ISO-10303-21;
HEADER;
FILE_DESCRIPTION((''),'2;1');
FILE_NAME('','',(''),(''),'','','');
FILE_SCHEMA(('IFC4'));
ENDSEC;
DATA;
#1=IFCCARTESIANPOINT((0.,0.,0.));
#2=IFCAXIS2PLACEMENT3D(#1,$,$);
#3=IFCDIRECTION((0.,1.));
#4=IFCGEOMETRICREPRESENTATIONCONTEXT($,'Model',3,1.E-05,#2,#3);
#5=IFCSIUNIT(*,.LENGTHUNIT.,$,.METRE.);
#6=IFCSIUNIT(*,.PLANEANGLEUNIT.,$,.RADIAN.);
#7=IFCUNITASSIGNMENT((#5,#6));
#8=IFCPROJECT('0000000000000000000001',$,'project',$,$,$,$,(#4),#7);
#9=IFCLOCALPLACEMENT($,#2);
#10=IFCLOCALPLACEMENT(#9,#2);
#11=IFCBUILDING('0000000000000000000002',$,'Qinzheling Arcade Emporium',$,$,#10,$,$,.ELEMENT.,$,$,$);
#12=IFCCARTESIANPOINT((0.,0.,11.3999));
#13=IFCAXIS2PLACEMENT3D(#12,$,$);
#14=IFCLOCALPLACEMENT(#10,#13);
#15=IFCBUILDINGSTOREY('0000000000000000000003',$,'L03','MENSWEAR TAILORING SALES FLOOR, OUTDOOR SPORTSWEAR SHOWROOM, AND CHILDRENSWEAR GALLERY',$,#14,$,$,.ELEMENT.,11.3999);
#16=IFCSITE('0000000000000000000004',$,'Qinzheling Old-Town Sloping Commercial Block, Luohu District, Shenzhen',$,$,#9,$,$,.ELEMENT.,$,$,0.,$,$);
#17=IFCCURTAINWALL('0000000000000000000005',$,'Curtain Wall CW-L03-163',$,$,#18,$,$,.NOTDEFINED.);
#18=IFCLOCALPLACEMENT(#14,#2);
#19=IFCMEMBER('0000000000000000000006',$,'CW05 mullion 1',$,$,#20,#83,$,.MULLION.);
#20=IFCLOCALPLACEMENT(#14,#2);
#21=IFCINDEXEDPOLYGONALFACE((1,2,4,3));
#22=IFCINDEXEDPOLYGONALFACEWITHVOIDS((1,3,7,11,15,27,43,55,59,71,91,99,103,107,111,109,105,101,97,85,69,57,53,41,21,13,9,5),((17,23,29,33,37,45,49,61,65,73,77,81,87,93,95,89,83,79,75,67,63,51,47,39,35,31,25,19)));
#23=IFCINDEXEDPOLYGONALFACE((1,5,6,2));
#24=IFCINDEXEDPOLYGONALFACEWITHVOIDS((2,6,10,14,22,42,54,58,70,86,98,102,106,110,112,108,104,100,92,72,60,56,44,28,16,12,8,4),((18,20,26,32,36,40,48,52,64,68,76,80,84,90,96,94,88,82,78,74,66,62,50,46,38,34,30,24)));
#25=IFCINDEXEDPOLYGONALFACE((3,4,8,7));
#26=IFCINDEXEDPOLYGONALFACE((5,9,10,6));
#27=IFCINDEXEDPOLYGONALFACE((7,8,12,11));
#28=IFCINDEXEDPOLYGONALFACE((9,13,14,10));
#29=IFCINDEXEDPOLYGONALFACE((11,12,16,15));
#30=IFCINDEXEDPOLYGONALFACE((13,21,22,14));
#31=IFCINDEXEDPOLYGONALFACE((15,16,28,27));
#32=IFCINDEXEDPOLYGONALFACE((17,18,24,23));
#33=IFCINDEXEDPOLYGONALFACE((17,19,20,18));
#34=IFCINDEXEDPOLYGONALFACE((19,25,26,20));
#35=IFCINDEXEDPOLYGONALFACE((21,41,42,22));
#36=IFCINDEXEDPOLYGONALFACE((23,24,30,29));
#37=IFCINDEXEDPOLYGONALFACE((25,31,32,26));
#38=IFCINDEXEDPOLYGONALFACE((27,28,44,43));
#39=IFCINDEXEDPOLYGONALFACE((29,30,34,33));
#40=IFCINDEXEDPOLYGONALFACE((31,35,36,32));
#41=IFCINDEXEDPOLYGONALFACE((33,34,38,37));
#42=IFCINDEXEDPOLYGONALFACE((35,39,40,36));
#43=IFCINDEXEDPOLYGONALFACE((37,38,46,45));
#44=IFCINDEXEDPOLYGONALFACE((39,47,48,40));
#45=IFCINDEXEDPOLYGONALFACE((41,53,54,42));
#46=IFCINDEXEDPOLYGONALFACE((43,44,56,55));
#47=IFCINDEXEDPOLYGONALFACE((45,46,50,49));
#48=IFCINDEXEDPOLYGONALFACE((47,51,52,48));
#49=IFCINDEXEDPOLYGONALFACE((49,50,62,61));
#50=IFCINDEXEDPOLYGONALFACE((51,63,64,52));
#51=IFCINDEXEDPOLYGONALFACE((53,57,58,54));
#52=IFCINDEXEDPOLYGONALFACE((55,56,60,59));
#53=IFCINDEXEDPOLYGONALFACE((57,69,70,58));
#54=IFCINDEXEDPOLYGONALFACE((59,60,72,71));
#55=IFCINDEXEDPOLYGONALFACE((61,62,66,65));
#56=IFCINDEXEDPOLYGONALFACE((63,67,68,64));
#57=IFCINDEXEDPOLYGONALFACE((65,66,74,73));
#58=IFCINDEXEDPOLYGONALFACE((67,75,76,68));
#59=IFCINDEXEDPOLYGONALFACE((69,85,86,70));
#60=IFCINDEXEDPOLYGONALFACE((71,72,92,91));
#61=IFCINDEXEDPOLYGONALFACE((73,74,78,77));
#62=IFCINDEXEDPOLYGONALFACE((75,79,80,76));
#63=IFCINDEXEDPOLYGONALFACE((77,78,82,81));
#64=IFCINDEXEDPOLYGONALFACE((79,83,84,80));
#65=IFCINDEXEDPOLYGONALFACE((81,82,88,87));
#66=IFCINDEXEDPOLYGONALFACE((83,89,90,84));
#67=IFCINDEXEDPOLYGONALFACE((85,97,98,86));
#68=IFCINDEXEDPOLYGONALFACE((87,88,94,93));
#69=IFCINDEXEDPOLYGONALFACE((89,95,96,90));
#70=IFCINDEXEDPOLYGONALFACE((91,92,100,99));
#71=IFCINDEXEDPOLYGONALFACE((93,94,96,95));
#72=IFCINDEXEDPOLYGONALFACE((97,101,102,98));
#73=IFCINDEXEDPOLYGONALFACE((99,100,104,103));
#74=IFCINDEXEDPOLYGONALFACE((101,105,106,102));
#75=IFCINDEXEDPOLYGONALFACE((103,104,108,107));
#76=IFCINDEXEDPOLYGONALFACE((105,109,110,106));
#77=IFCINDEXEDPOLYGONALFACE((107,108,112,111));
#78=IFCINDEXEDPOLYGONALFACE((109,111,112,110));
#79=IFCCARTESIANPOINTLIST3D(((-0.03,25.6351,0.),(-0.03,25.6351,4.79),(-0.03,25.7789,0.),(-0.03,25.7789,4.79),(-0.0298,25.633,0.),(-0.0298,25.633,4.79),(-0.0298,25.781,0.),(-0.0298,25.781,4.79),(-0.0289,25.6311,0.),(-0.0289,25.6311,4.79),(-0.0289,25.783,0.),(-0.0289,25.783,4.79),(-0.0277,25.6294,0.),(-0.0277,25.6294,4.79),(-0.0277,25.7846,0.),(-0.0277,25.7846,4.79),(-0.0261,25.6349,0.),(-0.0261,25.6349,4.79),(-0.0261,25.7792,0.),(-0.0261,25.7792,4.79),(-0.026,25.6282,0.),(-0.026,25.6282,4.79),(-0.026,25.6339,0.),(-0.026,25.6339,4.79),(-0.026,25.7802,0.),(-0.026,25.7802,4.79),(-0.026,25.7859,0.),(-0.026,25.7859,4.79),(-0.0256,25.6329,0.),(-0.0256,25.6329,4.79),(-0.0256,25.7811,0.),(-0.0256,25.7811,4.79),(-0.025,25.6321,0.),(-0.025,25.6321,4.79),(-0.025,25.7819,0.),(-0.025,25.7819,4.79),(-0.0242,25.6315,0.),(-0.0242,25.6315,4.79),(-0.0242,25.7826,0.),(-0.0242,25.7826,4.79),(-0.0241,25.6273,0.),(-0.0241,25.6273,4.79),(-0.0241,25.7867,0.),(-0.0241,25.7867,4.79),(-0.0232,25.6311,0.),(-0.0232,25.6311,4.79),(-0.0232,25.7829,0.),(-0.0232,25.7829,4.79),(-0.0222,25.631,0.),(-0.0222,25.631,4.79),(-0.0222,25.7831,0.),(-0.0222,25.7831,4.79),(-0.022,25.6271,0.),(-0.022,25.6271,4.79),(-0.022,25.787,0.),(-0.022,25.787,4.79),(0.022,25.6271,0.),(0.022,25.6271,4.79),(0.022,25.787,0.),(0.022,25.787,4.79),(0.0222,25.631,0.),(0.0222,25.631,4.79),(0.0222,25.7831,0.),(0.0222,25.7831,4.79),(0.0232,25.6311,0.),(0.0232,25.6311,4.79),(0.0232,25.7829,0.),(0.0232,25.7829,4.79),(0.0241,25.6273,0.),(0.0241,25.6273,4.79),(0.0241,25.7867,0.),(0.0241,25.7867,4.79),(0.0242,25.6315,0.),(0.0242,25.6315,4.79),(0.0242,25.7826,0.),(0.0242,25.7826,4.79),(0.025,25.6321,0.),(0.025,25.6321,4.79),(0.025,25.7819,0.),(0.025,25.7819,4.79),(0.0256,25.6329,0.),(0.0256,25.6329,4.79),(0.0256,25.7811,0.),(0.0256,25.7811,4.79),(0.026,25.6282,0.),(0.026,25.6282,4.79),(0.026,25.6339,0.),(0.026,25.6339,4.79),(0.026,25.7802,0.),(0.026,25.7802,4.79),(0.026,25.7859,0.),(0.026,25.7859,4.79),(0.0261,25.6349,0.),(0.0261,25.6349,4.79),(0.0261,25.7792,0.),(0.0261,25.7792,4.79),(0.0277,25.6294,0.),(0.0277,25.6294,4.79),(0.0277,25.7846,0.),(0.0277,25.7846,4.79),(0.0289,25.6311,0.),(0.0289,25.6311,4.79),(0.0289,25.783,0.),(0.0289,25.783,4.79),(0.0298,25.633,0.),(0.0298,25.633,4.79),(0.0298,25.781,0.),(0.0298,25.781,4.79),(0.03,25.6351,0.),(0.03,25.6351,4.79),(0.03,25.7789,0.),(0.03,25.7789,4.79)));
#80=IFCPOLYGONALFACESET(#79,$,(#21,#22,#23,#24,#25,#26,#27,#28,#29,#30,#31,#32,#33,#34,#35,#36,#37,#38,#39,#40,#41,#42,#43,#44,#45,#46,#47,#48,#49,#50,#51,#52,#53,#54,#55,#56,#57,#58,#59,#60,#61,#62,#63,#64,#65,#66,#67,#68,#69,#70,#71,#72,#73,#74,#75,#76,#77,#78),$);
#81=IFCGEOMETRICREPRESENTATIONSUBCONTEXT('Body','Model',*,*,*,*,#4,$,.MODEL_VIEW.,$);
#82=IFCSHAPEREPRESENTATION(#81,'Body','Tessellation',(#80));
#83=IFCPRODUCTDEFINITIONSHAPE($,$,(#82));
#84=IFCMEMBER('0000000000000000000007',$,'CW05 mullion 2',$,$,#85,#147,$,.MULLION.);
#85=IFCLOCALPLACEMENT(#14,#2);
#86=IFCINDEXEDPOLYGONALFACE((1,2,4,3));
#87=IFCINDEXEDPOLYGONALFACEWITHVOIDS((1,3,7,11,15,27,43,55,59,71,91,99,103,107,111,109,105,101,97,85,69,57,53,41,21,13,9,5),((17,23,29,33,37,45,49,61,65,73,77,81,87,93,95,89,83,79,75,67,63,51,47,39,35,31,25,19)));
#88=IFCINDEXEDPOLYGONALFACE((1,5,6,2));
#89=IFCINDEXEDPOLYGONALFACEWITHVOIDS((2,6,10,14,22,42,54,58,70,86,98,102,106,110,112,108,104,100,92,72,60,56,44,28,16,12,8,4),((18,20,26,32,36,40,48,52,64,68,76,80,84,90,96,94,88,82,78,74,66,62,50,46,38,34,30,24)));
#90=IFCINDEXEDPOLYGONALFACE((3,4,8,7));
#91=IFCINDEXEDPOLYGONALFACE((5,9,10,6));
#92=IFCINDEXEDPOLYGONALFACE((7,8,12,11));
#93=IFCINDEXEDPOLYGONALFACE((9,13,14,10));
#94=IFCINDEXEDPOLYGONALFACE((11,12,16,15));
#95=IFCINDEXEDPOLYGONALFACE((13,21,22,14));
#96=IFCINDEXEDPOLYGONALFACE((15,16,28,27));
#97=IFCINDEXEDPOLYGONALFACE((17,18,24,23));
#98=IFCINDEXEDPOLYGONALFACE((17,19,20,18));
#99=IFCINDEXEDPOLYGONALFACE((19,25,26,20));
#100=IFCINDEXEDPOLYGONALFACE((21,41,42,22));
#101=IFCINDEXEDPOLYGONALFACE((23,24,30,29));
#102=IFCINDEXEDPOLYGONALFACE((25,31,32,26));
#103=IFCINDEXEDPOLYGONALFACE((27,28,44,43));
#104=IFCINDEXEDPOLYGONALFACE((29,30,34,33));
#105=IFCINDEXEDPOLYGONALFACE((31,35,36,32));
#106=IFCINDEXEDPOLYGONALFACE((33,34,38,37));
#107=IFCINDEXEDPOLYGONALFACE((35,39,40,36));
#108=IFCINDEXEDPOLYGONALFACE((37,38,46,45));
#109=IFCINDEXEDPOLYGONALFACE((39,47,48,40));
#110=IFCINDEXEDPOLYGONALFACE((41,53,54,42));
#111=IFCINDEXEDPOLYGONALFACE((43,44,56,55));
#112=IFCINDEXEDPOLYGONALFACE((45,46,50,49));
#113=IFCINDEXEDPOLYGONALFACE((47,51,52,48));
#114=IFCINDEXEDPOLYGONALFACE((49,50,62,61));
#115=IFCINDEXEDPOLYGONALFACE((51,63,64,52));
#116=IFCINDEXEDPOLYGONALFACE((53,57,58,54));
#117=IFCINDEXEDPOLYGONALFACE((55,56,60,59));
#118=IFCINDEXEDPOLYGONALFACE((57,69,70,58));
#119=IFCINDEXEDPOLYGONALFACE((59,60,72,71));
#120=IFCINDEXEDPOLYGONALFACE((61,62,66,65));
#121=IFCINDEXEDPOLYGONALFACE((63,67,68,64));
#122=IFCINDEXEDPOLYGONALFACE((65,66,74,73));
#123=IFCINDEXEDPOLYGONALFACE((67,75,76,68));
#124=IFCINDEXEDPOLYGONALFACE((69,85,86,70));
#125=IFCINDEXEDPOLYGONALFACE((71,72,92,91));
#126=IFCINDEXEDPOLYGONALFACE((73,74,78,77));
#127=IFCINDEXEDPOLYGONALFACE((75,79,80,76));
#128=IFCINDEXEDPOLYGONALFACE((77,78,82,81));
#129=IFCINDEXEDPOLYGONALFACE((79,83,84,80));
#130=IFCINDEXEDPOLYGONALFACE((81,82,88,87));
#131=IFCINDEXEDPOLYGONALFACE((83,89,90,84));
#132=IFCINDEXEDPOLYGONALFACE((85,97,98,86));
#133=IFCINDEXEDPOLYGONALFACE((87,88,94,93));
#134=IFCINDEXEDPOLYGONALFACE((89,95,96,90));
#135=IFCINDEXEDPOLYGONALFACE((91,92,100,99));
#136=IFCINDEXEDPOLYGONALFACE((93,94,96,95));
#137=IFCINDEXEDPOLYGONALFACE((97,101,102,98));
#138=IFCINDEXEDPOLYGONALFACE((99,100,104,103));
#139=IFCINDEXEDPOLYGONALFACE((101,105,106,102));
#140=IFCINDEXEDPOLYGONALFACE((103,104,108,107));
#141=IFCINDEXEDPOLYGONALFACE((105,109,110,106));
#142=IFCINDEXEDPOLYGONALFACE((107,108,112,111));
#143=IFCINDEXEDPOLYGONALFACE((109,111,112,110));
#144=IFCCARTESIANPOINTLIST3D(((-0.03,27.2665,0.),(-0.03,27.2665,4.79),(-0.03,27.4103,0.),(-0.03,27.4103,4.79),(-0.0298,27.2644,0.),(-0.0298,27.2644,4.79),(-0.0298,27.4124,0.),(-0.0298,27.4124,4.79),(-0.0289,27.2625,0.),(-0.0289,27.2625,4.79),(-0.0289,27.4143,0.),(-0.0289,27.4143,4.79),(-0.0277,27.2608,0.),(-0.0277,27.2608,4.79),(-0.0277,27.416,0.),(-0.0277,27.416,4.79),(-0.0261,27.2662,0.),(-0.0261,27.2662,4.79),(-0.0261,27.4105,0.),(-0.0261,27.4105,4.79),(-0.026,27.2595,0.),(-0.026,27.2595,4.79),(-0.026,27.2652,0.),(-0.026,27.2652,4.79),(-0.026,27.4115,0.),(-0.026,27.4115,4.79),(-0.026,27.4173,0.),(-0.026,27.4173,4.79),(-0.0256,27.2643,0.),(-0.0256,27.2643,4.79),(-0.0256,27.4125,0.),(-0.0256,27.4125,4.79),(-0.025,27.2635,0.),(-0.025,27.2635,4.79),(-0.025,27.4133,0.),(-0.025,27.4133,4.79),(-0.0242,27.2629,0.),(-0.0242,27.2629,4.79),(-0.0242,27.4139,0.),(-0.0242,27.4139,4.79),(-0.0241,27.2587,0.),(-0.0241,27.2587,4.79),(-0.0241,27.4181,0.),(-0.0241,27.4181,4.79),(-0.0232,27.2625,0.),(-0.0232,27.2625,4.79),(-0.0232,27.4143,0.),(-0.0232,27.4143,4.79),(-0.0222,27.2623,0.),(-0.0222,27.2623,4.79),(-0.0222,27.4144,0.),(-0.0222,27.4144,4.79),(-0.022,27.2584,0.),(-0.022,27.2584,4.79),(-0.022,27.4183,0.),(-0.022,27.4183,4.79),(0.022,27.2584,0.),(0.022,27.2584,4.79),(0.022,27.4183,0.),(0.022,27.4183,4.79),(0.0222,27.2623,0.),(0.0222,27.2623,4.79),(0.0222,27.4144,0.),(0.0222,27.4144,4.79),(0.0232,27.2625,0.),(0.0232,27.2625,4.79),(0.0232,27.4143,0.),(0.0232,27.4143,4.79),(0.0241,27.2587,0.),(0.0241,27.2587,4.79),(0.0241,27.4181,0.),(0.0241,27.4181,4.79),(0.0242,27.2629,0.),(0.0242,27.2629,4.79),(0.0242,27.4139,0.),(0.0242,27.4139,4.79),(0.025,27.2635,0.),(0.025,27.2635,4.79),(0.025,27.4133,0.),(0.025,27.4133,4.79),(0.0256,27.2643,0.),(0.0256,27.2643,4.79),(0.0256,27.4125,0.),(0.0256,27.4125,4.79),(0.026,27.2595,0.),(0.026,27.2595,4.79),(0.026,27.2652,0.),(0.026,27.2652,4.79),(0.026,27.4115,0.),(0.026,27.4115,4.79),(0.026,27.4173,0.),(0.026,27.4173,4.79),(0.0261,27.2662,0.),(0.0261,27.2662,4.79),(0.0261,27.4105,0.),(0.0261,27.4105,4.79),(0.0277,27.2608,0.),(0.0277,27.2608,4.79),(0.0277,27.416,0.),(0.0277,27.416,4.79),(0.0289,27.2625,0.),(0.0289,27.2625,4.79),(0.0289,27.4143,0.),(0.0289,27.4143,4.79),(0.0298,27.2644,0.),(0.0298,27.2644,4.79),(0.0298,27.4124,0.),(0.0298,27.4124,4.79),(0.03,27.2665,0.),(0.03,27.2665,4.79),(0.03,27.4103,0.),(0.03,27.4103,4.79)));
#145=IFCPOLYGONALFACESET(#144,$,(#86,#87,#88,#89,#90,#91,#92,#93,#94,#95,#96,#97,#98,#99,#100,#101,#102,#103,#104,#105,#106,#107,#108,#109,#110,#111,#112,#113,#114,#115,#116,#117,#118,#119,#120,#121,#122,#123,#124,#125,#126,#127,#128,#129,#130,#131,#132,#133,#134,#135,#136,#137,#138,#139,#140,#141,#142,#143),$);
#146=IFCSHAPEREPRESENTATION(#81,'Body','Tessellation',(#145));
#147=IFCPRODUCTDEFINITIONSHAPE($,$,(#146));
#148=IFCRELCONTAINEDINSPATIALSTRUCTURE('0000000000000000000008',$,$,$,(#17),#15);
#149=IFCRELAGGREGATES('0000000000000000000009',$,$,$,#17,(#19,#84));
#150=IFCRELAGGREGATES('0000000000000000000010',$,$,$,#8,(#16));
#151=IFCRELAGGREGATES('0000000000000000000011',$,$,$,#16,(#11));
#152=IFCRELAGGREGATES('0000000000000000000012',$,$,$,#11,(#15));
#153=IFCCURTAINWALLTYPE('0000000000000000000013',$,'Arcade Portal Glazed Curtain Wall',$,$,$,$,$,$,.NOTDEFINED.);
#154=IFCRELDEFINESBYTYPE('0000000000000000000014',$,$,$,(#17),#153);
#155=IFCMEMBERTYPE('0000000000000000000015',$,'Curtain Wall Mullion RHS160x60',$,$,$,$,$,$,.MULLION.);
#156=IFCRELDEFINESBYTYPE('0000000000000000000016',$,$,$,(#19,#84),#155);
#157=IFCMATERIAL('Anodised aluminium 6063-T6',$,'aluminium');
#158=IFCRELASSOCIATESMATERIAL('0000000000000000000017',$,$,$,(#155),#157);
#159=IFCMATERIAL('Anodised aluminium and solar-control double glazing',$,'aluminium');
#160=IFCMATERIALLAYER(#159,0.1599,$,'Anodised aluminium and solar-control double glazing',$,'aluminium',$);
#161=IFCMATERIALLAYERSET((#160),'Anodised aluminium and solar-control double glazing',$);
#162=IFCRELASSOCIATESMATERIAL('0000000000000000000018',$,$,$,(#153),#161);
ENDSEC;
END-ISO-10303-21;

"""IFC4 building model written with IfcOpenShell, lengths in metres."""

from ifc_helpers import new_model, si_unit, direction, frame, origin, origin_2d, place, context, subcontext, project, spatial, hollow_rectangle, extrude, material, layer, layer_set, material_profile, profile_set, type_object, element, aggregate, save


model = new_model("IFC4")

# Units and contexts
model_context = context("Model", 3, precision=1e-05, world=origin(), true_north=direction((0.0, 1.0)))
body_context = subcontext(model_context, "Body", "Model", "MODEL_VIEW")
ifc_project = project(units=[si_unit("LENGTHUNIT", "METRE"), si_unit("PLANEANGLEUNIT", "RADIAN")], contexts=[model_context])

# Site, building, storey
site_placement = place(None, origin())
site = spatial("IfcSite", under=ifc_project, at=site_placement, Name="Qinzheling Old-Town Sloping Commercial Block, Luohu District, Shenzhen", CompositionType="ELEMENT", RefElevation=0.0)
building_placement = place(site_placement, origin())
building = spatial("IfcBuilding", under=site, at=building_placement, Name="Qinzheling Arcade Emporium", CompositionType="ELEMENT")
storey_placement = place(building_placement, frame((0.0, 0.0, 11.3999)))
storey = spatial("IfcBuildingStorey", under=building, at=storey_placement, Name="L03", Description="MENSWEAR TAILORING SALES FLOOR, OUTDOOR SPORTSWEAR SHOWROOM, AND CHILDRENSWEAR GALLERY", CompositionType="ELEMENT", Elevation=11.3999)

# Shared definitions
ifc_material_1 = material(Name="Anodised aluminium and solar-control double glazing", Category="aluminium")
ifc_material_2 = material(Name="Anodised aluminium 6063-T6", Category="aluminium")
ifc_material_profile_1 = material_profile(ifc_material_2, hollow_rectangle(XDim=0.0601, YDim=0.1599, WallThickness=0.0039, InnerFilletRadius=0.0039, OuterFilletRadius=0.0081, at=origin_2d()), Name="RHS 160x60x4", Category="aluminium")
ifc_profile_set_1 = profile_set([ifc_material_profile_1], Name="Anodised aluminium 6063-T6")
member_type_1 = type_object("IfcMemberType", Name="Curtain Wall Mullion RHS160x60", PredefinedType="MULLION", material=ifc_profile_set_1)

# Curtain wall, members
ifc_layer_1 = layer(ifc_material_1, 0.1599, Name="Anodised aluminium and solar-control double glazing", Category="aluminium")
ifc_layer_set_1 = layer_set([ifc_layer_1], Name="Anodised aluminium and solar-control double glazing")
curtain_wall_type_1 = type_object("IfcCurtainWallType", Name="Arcade Portal Glazed Curtain Wall", PredefinedType="NOTDEFINED", material=ifc_layer_set_1)
curtain_wall_1_placement = place(storey_placement, origin())
curtain_wall_1 = element("IfcCurtainWall", 1, at=curtain_wall_1_placement, inside=storey, type_object=curtain_wall_type_1, Name="Curtain Wall CW-L03-163", PredefinedType="NOTDEFINED")
member_1_placement = place(storey_placement, frame((0.0, 25.707, 0.0), z_axis=(0.0, 0.0, 1.0), x_axis=(-1.0, 0.0, 0.0)))
member_1 = element("IfcMember", 2, at=member_1_placement, type_object=member_type_1, Name="CW05 mullion 1", PredefinedType="MULLION", context=body_context, shape_type="SweptSolid", body=[
    extrude(hollow_rectangle(XDim=0.0601, YDim=0.1599, WallThickness=0.0039, InnerFilletRadius=0.0039, OuterFilletRadius=0.0081, at=origin_2d()), origin(), (0.0, 0.0, 1.0), 4.79),
])
member_2_placement = place(storey_placement, frame((0.0, 27.3384, 0.0), z_axis=(0.0, 0.0, 1.0), x_axis=(-1.0, 0.0, 0.0)))
member_2 = element("IfcMember", 3, at=member_2_placement, type_object=member_type_1, Name="CW05 mullion 2", PredefinedType="MULLION", context=body_context, shape_type="SweptSolid", body=[
    extrude(hollow_rectangle(XDim=0.0601, YDim=0.1599, WallThickness=0.0039, InnerFilletRadius=0.0039, OuterFilletRadius=0.0081, at=origin_2d()), origin(), (0.0, 0.0, 1.0), 4.79),
])

aggregate(curtain_wall_1, [member_1, member_2])

save(model, "model.ifc")
